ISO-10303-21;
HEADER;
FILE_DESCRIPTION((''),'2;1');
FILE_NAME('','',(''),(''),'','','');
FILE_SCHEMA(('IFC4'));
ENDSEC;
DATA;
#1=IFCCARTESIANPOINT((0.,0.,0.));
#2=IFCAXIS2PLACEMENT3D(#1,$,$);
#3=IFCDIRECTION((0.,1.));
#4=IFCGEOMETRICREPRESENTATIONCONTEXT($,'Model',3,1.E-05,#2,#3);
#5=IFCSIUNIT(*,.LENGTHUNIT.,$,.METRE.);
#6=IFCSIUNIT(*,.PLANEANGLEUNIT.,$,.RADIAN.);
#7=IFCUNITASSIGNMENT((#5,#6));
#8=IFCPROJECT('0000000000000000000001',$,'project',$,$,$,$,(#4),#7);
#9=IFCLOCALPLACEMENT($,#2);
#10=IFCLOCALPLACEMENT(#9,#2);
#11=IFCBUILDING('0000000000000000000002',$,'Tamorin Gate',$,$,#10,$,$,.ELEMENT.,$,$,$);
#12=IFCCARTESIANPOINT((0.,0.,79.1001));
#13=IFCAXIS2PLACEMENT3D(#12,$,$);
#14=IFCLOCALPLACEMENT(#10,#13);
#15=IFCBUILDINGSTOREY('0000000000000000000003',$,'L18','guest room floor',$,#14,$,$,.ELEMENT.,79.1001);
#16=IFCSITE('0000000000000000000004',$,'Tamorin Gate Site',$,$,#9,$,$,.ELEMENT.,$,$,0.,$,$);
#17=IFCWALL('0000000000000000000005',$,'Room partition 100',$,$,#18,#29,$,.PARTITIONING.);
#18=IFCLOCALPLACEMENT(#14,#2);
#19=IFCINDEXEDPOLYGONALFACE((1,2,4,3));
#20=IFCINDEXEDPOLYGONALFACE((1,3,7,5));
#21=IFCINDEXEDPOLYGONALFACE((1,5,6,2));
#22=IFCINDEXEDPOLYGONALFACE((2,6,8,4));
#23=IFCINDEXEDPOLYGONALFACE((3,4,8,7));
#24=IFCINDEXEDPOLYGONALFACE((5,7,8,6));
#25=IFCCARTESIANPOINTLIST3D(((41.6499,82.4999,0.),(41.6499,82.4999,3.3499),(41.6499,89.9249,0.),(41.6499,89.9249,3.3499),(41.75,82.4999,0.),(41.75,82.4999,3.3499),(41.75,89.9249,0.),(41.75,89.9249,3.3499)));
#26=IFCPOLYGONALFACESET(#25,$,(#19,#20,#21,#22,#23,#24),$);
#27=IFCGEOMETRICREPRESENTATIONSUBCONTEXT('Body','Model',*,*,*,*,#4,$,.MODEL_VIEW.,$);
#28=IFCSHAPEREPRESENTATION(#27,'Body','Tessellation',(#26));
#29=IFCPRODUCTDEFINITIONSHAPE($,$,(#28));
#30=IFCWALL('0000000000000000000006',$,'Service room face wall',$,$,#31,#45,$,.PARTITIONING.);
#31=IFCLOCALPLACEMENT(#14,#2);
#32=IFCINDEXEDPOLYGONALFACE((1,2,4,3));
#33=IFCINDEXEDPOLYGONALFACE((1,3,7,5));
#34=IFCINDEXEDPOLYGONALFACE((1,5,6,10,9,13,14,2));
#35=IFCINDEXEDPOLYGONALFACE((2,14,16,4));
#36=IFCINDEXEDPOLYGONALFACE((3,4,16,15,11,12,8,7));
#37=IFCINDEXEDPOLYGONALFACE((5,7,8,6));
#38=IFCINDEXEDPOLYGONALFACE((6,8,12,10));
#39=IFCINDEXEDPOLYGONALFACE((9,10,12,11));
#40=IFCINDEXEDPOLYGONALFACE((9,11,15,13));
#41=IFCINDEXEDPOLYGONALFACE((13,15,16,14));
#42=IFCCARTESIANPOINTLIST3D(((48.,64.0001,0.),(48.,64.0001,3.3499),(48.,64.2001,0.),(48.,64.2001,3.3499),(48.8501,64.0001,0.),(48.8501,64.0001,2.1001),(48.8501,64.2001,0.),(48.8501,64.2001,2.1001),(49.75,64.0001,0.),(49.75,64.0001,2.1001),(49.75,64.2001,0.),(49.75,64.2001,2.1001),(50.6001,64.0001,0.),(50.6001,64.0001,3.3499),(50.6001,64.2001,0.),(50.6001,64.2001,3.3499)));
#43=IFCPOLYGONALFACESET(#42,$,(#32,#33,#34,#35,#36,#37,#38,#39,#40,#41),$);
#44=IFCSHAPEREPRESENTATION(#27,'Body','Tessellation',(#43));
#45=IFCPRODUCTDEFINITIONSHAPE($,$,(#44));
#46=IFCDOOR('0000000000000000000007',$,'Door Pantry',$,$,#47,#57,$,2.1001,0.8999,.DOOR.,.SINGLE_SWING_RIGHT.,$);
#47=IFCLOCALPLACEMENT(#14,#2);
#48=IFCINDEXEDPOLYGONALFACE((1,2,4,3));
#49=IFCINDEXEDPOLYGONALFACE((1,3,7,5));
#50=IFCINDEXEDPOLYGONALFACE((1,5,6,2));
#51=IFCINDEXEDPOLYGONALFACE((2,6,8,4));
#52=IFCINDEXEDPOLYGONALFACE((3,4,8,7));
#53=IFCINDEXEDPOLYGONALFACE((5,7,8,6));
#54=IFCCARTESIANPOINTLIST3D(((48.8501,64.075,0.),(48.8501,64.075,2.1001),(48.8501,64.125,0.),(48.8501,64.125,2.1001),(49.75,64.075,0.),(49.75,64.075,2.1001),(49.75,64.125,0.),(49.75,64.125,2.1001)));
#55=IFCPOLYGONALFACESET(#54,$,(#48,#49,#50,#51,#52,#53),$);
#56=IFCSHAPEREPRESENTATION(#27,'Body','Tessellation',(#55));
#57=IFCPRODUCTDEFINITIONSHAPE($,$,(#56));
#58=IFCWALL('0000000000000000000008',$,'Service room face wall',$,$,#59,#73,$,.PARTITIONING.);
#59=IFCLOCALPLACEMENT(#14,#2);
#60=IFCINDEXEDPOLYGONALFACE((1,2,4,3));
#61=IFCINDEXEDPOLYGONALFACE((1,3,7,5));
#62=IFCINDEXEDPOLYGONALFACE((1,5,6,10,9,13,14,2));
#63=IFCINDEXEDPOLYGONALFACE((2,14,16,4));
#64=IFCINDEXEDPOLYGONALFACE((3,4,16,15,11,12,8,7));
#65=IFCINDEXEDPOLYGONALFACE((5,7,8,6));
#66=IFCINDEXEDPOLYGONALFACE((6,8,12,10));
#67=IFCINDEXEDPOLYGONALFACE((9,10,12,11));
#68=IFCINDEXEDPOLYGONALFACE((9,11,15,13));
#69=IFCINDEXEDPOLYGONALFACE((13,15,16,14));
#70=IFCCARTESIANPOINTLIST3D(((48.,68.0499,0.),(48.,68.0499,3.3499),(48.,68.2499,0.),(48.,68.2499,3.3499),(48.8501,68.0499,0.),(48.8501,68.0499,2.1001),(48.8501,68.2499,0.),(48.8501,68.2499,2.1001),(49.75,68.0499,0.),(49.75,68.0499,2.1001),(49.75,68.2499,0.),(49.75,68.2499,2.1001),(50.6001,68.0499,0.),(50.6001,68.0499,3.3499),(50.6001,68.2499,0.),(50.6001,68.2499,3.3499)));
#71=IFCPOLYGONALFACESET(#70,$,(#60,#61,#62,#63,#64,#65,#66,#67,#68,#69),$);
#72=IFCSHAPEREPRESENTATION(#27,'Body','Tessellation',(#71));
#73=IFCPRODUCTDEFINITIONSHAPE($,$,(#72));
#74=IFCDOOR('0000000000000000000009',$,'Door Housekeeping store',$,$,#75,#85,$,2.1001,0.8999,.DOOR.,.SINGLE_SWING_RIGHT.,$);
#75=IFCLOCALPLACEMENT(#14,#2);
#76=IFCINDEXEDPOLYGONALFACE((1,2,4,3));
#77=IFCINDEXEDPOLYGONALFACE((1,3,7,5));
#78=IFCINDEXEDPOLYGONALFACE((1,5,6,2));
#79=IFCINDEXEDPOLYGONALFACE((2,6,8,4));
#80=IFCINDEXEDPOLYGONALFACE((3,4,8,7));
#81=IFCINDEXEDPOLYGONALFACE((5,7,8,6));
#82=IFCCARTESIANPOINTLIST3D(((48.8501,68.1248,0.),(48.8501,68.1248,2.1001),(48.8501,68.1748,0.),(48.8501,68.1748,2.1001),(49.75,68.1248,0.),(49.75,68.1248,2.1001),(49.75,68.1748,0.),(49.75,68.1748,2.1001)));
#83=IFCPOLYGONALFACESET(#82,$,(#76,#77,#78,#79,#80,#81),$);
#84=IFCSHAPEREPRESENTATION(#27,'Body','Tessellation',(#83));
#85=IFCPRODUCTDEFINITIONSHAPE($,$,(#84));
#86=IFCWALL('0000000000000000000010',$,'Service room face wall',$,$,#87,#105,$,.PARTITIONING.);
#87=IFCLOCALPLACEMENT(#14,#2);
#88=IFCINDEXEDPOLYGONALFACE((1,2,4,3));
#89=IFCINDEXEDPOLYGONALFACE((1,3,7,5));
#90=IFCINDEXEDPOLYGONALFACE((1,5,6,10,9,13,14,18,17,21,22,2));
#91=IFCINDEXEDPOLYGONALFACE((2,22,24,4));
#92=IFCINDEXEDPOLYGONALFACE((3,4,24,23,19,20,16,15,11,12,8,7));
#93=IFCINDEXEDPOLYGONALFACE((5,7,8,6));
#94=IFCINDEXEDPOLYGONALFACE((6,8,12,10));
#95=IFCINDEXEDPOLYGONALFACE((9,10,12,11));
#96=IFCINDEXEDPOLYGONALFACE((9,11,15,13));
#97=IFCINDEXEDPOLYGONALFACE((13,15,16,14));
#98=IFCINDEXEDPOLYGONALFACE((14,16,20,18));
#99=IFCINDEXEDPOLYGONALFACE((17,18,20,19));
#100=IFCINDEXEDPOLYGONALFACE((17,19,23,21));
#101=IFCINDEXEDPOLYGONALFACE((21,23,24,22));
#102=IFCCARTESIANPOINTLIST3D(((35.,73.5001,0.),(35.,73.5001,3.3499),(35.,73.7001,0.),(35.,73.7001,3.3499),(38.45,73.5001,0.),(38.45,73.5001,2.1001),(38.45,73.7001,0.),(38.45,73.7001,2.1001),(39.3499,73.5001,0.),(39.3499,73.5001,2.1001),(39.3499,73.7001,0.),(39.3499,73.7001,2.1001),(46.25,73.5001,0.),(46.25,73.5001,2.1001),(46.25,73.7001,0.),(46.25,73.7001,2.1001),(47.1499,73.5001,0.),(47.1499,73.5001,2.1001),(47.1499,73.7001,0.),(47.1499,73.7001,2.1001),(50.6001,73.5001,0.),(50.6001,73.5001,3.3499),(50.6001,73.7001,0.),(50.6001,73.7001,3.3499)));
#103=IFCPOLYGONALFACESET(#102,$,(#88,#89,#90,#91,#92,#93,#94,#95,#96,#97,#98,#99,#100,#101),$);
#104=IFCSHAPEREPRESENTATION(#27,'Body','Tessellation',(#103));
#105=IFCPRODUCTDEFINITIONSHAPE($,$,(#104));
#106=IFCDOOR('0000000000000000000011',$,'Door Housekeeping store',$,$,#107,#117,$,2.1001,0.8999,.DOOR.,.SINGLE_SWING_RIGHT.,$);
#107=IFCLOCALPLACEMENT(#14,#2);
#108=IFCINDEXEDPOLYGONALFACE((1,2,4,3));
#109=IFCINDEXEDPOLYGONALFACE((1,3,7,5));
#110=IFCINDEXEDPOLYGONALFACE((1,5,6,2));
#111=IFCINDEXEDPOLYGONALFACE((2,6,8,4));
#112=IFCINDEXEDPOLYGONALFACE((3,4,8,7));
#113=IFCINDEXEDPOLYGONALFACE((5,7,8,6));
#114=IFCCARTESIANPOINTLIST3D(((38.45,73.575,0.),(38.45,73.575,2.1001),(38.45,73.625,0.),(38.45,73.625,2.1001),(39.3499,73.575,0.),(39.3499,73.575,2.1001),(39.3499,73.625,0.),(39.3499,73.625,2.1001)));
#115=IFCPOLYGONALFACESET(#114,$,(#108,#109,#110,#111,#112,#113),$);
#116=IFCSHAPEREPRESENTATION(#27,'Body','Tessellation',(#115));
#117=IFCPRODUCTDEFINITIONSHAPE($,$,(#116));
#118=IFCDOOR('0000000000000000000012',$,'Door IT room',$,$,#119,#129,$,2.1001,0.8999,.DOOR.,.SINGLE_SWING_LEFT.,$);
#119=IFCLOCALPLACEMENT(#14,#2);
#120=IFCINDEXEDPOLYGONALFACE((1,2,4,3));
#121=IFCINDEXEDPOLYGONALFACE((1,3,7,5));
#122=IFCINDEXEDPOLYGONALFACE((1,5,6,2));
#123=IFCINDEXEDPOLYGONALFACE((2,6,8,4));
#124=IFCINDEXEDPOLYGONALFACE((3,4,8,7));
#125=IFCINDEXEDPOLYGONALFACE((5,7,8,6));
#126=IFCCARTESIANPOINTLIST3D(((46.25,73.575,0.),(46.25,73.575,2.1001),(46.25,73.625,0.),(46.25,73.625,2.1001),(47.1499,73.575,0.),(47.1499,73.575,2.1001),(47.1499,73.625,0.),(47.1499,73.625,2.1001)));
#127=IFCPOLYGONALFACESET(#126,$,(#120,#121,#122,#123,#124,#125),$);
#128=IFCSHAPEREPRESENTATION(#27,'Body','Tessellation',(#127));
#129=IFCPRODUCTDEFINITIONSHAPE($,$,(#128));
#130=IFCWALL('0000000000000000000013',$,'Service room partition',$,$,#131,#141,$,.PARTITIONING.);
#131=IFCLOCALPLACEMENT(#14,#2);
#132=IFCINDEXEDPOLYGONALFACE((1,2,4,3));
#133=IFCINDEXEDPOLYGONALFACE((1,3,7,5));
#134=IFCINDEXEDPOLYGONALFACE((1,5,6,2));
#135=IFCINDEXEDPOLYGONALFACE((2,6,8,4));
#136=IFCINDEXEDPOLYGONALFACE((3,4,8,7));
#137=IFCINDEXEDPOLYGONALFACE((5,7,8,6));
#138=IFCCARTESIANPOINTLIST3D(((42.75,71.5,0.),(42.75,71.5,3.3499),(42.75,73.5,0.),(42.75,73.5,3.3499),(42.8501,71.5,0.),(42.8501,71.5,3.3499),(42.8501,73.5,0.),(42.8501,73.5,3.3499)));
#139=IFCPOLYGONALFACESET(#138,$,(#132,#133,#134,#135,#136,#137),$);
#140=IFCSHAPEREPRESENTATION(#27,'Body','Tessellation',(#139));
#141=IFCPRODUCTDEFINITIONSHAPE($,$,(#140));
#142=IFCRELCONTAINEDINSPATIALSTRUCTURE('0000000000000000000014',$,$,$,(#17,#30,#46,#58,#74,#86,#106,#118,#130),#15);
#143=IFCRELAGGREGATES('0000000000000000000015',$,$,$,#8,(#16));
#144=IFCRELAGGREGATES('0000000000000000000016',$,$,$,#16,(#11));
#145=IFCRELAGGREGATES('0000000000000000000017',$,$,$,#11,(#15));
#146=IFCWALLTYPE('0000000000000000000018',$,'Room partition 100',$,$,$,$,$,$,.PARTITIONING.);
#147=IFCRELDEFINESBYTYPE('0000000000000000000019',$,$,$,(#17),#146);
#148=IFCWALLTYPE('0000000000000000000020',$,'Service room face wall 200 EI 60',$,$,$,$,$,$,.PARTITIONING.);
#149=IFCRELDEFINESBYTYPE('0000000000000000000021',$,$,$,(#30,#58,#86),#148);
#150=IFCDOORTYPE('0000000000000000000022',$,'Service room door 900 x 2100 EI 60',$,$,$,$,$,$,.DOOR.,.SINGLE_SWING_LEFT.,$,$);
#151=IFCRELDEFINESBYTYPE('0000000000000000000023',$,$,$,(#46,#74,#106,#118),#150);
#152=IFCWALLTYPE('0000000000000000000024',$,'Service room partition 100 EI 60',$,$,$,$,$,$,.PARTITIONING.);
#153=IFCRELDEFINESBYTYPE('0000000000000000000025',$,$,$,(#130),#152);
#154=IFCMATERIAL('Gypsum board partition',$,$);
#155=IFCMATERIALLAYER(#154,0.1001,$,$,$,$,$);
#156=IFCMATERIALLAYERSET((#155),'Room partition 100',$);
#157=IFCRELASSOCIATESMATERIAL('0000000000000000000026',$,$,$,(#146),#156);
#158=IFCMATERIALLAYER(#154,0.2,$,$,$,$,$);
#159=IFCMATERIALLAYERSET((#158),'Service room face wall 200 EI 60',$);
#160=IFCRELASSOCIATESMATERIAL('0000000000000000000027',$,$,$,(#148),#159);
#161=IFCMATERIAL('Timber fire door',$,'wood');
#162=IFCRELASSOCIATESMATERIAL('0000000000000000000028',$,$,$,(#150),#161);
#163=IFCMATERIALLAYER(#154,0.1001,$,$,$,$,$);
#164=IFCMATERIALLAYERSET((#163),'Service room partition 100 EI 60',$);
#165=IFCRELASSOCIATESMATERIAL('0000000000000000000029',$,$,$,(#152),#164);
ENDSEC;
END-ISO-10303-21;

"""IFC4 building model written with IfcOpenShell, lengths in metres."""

from ifc_helpers import new_model, si_unit, direction, frame, frame_2d, origin, place, context, subcontext, project, spatial, rectangle, extrude, material, layer, layer_set, type_object, element, fill, save


model = new_model("IFC4")

# Units and contexts
model_context = context("Model", 3, precision=1e-05, world=origin(), true_north=direction((0.0, 1.0)))
body_context = subcontext(model_context, "Body", "Model", "MODEL_VIEW")
ifc_project = project(units=[si_unit("LENGTHUNIT", "METRE"), si_unit("PLANEANGLEUNIT", "RADIAN")], contexts=[model_context])

# Site, building, storey
site_placement = place(None, origin())
site = spatial("IfcSite", under=ifc_project, at=site_placement, Name="Tamorin Gate Site", CompositionType="ELEMENT", RefElevation=0.0)
building_placement = place(site_placement, origin())
building = spatial("IfcBuilding", under=site, at=building_placement, Name="Tamorin Gate", CompositionType="ELEMENT")
storey_placement = place(building_placement, frame((0.0, 0.0, 79.1001)))
storey = spatial("IfcBuildingStorey", under=building, at=storey_placement, Name="L18", Description="guest room floor", CompositionType="ELEMENT", Elevation=79.1001)

# Wall
ifc_material_1 = material(Name="Gypsum board partition")
ifc_layer_1 = layer(ifc_material_1, 0.1001)
ifc_layer_set_1 = layer_set([ifc_layer_1], Name="Room partition 100")
wall_type_1 = type_object("IfcWallType", Name="Room partition 100", PredefinedType="PARTITIONING", material=ifc_layer_set_1)
wall_1_placement = place(storey_placement, frame((41.7, 82.5, 0.0), z_axis=(0.0, 0.0, 1.0), x_axis=(0.0, 1.0, 0.0)))
element("IfcWall", 1, at=wall_1_placement, inside=storey, type_object=wall_type_1, Name="Room partition 100", PredefinedType="PARTITIONING", context=body_context, shape_type="SweptSolid", body=[
    extrude(rectangle(XDim=7.425, YDim=0.1001, at=frame_2d((3.7124, 0.0))), origin(), (0.0, 0.0, 1.0), 3.3499),
])

# Walls, openings, doors
ifc_layer_2 = layer(ifc_material_1, 0.2)
ifc_layer_set_2 = layer_set([ifc_layer_2], Name="Service room face wall 200 EI 60")
wall_type_2 = type_object("IfcWallType", Name="Service room face wall 200 EI 60", PredefinedType="PARTITIONING", material=ifc_layer_set_2)
wall_2_placement = place(storey_placement, frame((48.0, 64.1001, 0.0), z_axis=(0.0, 0.0, 1.0), x_axis=(1.0, 0.0, 0.0)))
wall_2 = element("IfcWall", 2, at=wall_2_placement, inside=storey, type_object=wall_type_2, Name="Service room face wall", PredefinedType="PARTITIONING", context=body_context, shape_type="SweptSolid", body=[
    extrude(rectangle(XDim=2.6001, YDim=0.2, at=frame_2d((1.3, 0.0))), origin(), (0.0, 0.0, 1.0), 3.3499),
])
opening_1_placement = place(wall_2_placement, frame((0.8501, 0.0, 0.0)))
opening_1 = element("IfcOpeningElement", 3, at=opening_1_placement, cuts=wall_2, PredefinedType="OPENING", context=body_context, shape_type="SweptSolid", body=[
    extrude(rectangle(XDim=0.8999, YDim=2.1001, at=frame_2d((0.45, 1.05))), frame((0.0, 0.1099, 0.0), z_axis=(0.0, -1.0, 0.0), x_axis=(1.0, 0.0, 0.0)), (0.0, 0.0, 1.0), 0.22),
])
ifc_material_2 = material(Name="Timber fire door", Category="wood")
door_type_1 = type_object("IfcDoorType", Name="Service room door 900 x 2100 EI 60", OperationType="SINGLE_SWING_LEFT", PredefinedType="DOOR", material=ifc_material_2)
door_1_placement = place(opening_1_placement, origin())
door_1 = element("IfcDoor", 4, at=door_1_placement, inside=storey, type_object=door_type_1, Name="Door Pantry", OperationType="SINGLE_SWING_RIGHT", OverallHeight=2.1001, OverallWidth=0.8999, PredefinedType="DOOR", context=body_context, shape_type="SweptSolid", body=[
    extrude(rectangle(XDim=0.8999, YDim=2.1001, at=frame_2d((0.45, 1.05))), frame((0.0, 0.0249, 0.0), z_axis=(0.0, -1.0, 0.0), x_axis=(1.0, 0.0, 0.0)), (0.0, 0.0, 1.0), 0.05),
])
fill(opening_1, door_1)
wall_3_placement = place(storey_placement, frame((48.0, 68.1499, 0.0), z_axis=(0.0, 0.0, 1.0), x_axis=(1.0, 0.0, 0.0)))
wall_3 = element("IfcWall", 5, at=wall_3_placement, inside=storey, type_object=wall_type_2, Name="Service room face wall", PredefinedType="PARTITIONING", context=body_context, shape_type="SweptSolid", body=[
    extrude(rectangle(XDim=2.6001, YDim=0.2, at=frame_2d((1.3, 0.0))), origin(), (0.0, 0.0, 1.0), 3.3499),
])
opening_2_placement = place(wall_3_placement, frame((0.8501, 0.0, 0.0)))
opening_2 = element("IfcOpeningElement", 6, at=opening_2_placement, cuts=wall_3, PredefinedType="OPENING", context=body_context, shape_type="SweptSolid", body=[
    extrude(rectangle(XDim=0.8999, YDim=2.1001, at=frame_2d((0.45, 1.05))), frame((0.0, 0.1099, 0.0), z_axis=(0.0, -1.0, 0.0), x_axis=(1.0, 0.0, 0.0)), (0.0, 0.0, 1.0), 0.22),
])
door_2_placement = place(opening_2_placement, origin())
door_2 = element("IfcDoor", 7, at=door_2_placement, inside=storey, type_object=door_type_1, Name="Door Housekeeping store", OperationType="SINGLE_SWING_RIGHT", OverallHeight=2.1001, OverallWidth=0.8999, PredefinedType="DOOR", context=body_context, shape_type="SweptSolid", body=[
    extrude(rectangle(XDim=0.8999, YDim=2.1001, at=frame_2d((0.45, 1.05))), frame((0.0, 0.0249, 0.0), z_axis=(0.0, -1.0, 0.0), x_axis=(1.0, 0.0, 0.0)), (0.0, 0.0, 1.0), 0.05),
])
fill(opening_2, door_2)

# Wall, openings, doors
wall_4_placement = place(storey_placement, frame((35.0, 73.6001, 0.0), z_axis=(0.0, 0.0, 1.0), x_axis=(1.0, 0.0, 0.0)))
wall_4 = element("IfcWall", 8, at=wall_4_placement, inside=storey, type_object=wall_type_2, Name="Service room face wall", PredefinedType="PARTITIONING", context=body_context, shape_type="SweptSolid", body=[
    extrude(rectangle(XDim=15.6001, YDim=0.2, at=frame_2d((7.8, 0.0))), origin(), (0.0, 0.0, 1.0), 3.3499),
])
opening_3_placement = place(wall_4_placement, frame((3.45, 0.0, 0.0)))
opening_3 = element("IfcOpeningElement", 9, at=opening_3_placement, cuts=wall_4, PredefinedType="OPENING", context=body_context, shape_type="SweptSolid", body=[
    extrude(rectangle(XDim=0.8999, YDim=2.1001, at=frame_2d((0.45, 1.05))), frame((0.0, 0.1099, 0.0), z_axis=(0.0, -1.0, 0.0), x_axis=(1.0, 0.0, 0.0)), (0.0, 0.0, 1.0), 0.22),
])
opening_4_placement = place(wall_4_placement, frame((11.25, 0.0, 0.0)))
opening_4 = element("IfcOpeningElement", 10, at=opening_4_placement, cuts=wall_4, PredefinedType="OPENING", context=body_context, shape_type="SweptSolid", body=[
    extrude(rectangle(XDim=0.8999, YDim=2.1001, at=frame_2d((0.45, 1.05))), frame((0.0, 0.1099, 0.0), z_axis=(0.0, -1.0, 0.0), x_axis=(1.0, 0.0, 0.0)), (0.0, 0.0, 1.0), 0.22),
])
door_3_placement = place(opening_3_placement, origin())
door_3 = element("IfcDoor", 11, at=door_3_placement, inside=storey, type_object=door_type_1, Name="Door Housekeeping store", OperationType="SINGLE_SWING_RIGHT", OverallHeight=2.1001, OverallWidth=0.8999, PredefinedType="DOOR", context=body_context, shape_type="SweptSolid", body=[
    extrude(rectangle(XDim=0.8999, YDim=2.1001, at=frame_2d((0.45, 1.05))), frame((0.0, 0.0249, 0.0), z_axis=(0.0, -1.0, 0.0), x_axis=(1.0, 0.0, 0.0)), (0.0, 0.0, 1.0), 0.05),
])
fill(opening_3, door_3)
door_4_placement = place(opening_4_placement, origin())
door_4 = element("IfcDoor", 12, at=door_4_placement, inside=storey, type_object=door_type_1, Name="Door IT room", OperationType="SINGLE_SWING_LEFT", OverallHeight=2.1001, OverallWidth=0.8999, PredefinedType="DOOR", context=body_context, shape_type="SweptSolid", body=[
    extrude(rectangle(XDim=0.8999, YDim=2.1001, at=frame_2d((0.45, 1.05))), frame((0.0, 0.0249, 0.0), z_axis=(0.0, -1.0, 0.0), x_axis=(1.0, 0.0, 0.0)), (0.0, 0.0, 1.0), 0.05),
])
fill(opening_4, door_4)

# Wall
ifc_layer_3 = layer(ifc_material_1, 0.1001)
ifc_layer_set_3 = layer_set([ifc_layer_3], Name="Service room partition 100 EI 60")
wall_type_3 = type_object("IfcWallType", Name="Service room partition 100 EI 60", PredefinedType="PARTITIONING", material=ifc_layer_set_3)
wall_5_placement = place(storey_placement, frame((42.8, 71.5, 0.0), z_axis=(0.0, 0.0, 1.0), x_axis=(0.0, 1.0, 0.0)))
element("IfcWall", 13, at=wall_5_placement, inside=storey, type_object=wall_type_3, Name="Service room partition", PredefinedType="PARTITIONING", context=body_context, shape_type="SweptSolid", body=[
    extrude(rectangle(XDim=2.0, YDim=0.1001, at=frame_2d((1.0, 0.0))), origin(), (0.0, 0.0, 1.0), 3.3499),
])

save(model, "model.ifc")
